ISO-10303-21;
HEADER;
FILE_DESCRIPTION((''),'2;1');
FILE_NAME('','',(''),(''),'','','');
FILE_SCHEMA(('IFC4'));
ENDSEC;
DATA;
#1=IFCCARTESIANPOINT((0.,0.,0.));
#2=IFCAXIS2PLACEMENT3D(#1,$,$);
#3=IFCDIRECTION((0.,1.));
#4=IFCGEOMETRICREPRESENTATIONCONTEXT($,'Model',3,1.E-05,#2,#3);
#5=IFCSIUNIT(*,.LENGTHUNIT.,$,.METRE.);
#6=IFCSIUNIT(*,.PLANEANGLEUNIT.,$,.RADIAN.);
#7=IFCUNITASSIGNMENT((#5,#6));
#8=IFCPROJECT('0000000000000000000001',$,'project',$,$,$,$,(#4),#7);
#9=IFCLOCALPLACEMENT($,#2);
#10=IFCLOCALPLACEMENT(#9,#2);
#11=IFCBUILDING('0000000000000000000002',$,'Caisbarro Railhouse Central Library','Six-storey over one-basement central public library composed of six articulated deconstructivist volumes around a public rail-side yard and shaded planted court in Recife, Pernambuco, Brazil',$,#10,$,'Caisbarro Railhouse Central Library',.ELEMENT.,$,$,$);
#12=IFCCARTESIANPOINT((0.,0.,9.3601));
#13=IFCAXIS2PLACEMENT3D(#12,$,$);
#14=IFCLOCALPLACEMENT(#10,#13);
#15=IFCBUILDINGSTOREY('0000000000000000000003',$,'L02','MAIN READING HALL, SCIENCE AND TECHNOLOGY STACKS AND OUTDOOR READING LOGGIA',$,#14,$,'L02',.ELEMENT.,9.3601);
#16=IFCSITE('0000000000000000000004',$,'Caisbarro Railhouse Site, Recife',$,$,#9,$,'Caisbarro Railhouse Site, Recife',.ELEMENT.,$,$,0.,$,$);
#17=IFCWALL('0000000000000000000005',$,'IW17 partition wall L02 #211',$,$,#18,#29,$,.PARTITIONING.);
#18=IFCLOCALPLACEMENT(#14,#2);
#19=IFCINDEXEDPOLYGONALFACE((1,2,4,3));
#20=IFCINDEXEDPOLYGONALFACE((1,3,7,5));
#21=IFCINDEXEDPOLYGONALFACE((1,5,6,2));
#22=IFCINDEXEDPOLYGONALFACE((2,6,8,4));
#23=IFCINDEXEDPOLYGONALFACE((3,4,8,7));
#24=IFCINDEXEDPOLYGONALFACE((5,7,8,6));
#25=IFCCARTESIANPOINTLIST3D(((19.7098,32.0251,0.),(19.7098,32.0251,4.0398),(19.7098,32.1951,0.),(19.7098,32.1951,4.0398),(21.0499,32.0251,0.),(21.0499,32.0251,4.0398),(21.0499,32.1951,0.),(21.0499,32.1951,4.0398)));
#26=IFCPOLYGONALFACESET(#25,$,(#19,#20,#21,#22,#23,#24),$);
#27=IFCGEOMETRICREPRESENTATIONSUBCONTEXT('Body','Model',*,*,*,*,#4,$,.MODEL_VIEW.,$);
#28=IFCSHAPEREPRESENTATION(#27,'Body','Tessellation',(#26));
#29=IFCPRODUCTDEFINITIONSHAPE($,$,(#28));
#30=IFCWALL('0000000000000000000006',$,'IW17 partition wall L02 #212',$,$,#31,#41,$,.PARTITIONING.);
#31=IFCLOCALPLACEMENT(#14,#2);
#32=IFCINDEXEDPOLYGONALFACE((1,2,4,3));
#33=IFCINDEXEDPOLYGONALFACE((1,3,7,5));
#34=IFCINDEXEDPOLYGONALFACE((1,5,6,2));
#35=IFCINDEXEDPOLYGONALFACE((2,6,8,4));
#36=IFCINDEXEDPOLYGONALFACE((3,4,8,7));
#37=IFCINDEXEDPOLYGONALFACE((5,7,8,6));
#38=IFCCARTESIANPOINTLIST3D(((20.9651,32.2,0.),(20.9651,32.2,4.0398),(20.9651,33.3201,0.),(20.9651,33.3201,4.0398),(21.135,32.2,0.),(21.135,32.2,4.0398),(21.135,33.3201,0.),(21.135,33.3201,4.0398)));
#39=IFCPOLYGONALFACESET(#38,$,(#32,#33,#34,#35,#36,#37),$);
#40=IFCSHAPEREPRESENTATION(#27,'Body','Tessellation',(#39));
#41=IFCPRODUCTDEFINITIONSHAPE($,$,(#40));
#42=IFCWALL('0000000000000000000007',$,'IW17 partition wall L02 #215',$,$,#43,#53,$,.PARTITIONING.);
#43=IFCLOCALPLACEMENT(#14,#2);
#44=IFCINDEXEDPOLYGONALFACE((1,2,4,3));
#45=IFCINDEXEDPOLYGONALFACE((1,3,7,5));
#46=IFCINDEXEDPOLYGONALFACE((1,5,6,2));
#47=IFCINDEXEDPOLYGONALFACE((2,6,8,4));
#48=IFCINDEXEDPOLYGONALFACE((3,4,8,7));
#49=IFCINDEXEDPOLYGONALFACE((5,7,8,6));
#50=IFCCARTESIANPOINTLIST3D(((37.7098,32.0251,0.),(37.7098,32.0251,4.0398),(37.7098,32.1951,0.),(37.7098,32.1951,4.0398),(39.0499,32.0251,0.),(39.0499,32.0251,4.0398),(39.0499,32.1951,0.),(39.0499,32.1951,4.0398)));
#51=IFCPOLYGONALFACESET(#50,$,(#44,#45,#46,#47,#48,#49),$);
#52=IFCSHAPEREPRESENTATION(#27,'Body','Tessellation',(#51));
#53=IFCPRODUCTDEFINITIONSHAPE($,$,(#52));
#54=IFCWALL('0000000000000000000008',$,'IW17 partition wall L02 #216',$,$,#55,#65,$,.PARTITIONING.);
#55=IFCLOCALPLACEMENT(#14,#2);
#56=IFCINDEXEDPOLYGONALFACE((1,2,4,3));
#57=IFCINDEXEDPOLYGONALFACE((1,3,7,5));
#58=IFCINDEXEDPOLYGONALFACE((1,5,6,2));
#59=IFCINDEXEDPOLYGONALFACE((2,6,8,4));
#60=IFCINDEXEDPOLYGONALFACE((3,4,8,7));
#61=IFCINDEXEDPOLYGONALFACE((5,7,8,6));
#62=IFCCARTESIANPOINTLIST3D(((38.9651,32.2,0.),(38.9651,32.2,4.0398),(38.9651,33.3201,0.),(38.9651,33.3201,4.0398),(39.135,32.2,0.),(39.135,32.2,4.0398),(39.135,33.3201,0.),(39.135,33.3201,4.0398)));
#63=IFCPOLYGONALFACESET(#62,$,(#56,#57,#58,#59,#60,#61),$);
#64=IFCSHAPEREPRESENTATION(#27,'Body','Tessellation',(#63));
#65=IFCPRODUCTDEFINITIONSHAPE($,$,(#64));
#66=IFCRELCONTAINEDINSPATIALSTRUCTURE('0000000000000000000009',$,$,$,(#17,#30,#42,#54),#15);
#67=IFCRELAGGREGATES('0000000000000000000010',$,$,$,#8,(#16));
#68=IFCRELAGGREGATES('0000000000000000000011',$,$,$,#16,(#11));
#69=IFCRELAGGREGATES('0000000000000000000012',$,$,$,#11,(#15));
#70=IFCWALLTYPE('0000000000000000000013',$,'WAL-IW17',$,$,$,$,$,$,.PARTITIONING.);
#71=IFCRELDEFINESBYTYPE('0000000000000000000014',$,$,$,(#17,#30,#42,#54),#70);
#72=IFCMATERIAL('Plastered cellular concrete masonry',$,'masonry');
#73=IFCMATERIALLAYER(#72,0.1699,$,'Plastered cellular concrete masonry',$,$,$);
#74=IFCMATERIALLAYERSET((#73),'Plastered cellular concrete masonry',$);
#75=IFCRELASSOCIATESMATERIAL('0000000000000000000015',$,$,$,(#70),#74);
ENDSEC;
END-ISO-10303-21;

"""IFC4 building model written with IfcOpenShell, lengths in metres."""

from ifc_helpers import new_model, si_unit, direction, frame, frame_2d, origin, place, context, subcontext, project, spatial, rectangle, extrude, material, layer, layer_set, type_object, element, save


model = new_model("IFC4")

# Units and contexts
model_context = context("Model", 3, precision=1e-05, world=origin(), true_north=direction((0.0, 1.0)))
body_context = subcontext(model_context, "Body", "Model", "MODEL_VIEW")
ifc_project = project(units=[si_unit("LENGTHUNIT", "METRE"), si_unit("PLANEANGLEUNIT", "RADIAN")], contexts=[model_context])

# Site, building, storey
site_placement = place(None, origin())
site = spatial("IfcSite", under=ifc_project, at=site_placement, Name="Caisbarro Railhouse Site, Recife", LongName="Caisbarro Railhouse Site, Recife", CompositionType="ELEMENT", RefElevation=0.0)
building_placement = place(site_placement, origin())
building = spatial("IfcBuilding", under=site, at=building_placement, Name="Caisbarro Railhouse Central Library", Description="Six-storey over one-basement central public library composed of six articulated deconstructivist volumes around a public rail-side yard and shaded planted court in Recife, Pernambuco, Brazil", LongName="Caisbarro Railhouse Central Library", CompositionType="ELEMENT")
storey_placement = place(building_placement, frame((0.0, 0.0, 9.3601)))
storey = spatial("IfcBuildingStorey", under=building, at=storey_placement, Name="L02", Description="MAIN READING HALL, SCIENCE AND TECHNOLOGY STACKS AND OUTDOOR READING LOGGIA", LongName="L02", CompositionType="ELEMENT", Elevation=9.3601)

# Walls
ifc_material_1 = material(Name="Plastered cellular concrete masonry", Category="masonry")
ifc_layer_1 = layer(ifc_material_1, 0.1699, Name="Plastered cellular concrete masonry")
ifc_layer_set_1 = layer_set([ifc_layer_1], Name="Plastered cellular concrete masonry")
wall_type_1 = type_object("IfcWallType", Name="WAL-IW17", PredefinedType="PARTITIONING", material=ifc_layer_set_1)
wall_1_placement = place(storey_placement, frame((19.71, 32.1101, 0.0), z_axis=(0.0, 0.0, 1.0), x_axis=(1.0, 0.0, 0.0)))
element("IfcWall", 1, at=wall_1_placement, inside=storey, type_object=wall_type_1, Name="IW17 partition wall L02 #211", PredefinedType="PARTITIONING", context=body_context, shape_type="SweptSolid", body=[
    extrude(rectangle(XDim=1.3401, YDim=0.1699, at=frame_2d((0.6699, 0.0))), origin(), (0.0, 0.0, 1.0), 4.0398),
])
wall_2_placement = place(storey_placement, frame((21.05, 32.2, 0.0), z_axis=(0.0, 0.0, 1.0), x_axis=(0.0, 1.0, 0.0)))
element("IfcWall", 2, at=wall_2_placement, inside=storey, type_object=wall_type_1, Name="IW17 partition wall L02 #212", PredefinedType="PARTITIONING", context=body_context, shape_type="SweptSolid", body=[
    extrude(rectangle(XDim=1.1201, YDim=0.1699, at=frame_2d((0.5601, 0.0))), origin(), (0.0, 0.0, 1.0), 4.0398),
])
wall_3_placement = place(storey_placement, frame((37.71, 32.1101, 0.0), z_axis=(0.0, 0.0, 1.0), x_axis=(1.0, 0.0, 0.0)))
element("IfcWall", 3, at=wall_3_placement, inside=storey, type_object=wall_type_1, Name="IW17 partition wall L02 #215", PredefinedType="PARTITIONING", context=body_context, shape_type="SweptSolid", body=[
    extrude(rectangle(XDim=1.3401, YDim=0.1699, at=frame_2d((0.6699, 0.0))), origin(), (0.0, 0.0, 1.0), 4.0398),
])
wall_4_placement = place(storey_placement, frame((39.05, 32.2, 0.0), z_axis=(0.0, 0.0, 1.0), x_axis=(0.0, 1.0, 0.0)))
element("IfcWall", 4, at=wall_4_placement, inside=storey, type_object=wall_type_1, Name="IW17 partition wall L02 #216", PredefinedType="PARTITIONING", context=body_context, shape_type="SweptSolid", body=[
    extrude(rectangle(XDim=1.1201, YDim=0.1699, at=frame_2d((0.5601, 0.0))), origin(), (0.0, 0.0, 1.0), 4.0398),
])

save(model, "model.ifc")
